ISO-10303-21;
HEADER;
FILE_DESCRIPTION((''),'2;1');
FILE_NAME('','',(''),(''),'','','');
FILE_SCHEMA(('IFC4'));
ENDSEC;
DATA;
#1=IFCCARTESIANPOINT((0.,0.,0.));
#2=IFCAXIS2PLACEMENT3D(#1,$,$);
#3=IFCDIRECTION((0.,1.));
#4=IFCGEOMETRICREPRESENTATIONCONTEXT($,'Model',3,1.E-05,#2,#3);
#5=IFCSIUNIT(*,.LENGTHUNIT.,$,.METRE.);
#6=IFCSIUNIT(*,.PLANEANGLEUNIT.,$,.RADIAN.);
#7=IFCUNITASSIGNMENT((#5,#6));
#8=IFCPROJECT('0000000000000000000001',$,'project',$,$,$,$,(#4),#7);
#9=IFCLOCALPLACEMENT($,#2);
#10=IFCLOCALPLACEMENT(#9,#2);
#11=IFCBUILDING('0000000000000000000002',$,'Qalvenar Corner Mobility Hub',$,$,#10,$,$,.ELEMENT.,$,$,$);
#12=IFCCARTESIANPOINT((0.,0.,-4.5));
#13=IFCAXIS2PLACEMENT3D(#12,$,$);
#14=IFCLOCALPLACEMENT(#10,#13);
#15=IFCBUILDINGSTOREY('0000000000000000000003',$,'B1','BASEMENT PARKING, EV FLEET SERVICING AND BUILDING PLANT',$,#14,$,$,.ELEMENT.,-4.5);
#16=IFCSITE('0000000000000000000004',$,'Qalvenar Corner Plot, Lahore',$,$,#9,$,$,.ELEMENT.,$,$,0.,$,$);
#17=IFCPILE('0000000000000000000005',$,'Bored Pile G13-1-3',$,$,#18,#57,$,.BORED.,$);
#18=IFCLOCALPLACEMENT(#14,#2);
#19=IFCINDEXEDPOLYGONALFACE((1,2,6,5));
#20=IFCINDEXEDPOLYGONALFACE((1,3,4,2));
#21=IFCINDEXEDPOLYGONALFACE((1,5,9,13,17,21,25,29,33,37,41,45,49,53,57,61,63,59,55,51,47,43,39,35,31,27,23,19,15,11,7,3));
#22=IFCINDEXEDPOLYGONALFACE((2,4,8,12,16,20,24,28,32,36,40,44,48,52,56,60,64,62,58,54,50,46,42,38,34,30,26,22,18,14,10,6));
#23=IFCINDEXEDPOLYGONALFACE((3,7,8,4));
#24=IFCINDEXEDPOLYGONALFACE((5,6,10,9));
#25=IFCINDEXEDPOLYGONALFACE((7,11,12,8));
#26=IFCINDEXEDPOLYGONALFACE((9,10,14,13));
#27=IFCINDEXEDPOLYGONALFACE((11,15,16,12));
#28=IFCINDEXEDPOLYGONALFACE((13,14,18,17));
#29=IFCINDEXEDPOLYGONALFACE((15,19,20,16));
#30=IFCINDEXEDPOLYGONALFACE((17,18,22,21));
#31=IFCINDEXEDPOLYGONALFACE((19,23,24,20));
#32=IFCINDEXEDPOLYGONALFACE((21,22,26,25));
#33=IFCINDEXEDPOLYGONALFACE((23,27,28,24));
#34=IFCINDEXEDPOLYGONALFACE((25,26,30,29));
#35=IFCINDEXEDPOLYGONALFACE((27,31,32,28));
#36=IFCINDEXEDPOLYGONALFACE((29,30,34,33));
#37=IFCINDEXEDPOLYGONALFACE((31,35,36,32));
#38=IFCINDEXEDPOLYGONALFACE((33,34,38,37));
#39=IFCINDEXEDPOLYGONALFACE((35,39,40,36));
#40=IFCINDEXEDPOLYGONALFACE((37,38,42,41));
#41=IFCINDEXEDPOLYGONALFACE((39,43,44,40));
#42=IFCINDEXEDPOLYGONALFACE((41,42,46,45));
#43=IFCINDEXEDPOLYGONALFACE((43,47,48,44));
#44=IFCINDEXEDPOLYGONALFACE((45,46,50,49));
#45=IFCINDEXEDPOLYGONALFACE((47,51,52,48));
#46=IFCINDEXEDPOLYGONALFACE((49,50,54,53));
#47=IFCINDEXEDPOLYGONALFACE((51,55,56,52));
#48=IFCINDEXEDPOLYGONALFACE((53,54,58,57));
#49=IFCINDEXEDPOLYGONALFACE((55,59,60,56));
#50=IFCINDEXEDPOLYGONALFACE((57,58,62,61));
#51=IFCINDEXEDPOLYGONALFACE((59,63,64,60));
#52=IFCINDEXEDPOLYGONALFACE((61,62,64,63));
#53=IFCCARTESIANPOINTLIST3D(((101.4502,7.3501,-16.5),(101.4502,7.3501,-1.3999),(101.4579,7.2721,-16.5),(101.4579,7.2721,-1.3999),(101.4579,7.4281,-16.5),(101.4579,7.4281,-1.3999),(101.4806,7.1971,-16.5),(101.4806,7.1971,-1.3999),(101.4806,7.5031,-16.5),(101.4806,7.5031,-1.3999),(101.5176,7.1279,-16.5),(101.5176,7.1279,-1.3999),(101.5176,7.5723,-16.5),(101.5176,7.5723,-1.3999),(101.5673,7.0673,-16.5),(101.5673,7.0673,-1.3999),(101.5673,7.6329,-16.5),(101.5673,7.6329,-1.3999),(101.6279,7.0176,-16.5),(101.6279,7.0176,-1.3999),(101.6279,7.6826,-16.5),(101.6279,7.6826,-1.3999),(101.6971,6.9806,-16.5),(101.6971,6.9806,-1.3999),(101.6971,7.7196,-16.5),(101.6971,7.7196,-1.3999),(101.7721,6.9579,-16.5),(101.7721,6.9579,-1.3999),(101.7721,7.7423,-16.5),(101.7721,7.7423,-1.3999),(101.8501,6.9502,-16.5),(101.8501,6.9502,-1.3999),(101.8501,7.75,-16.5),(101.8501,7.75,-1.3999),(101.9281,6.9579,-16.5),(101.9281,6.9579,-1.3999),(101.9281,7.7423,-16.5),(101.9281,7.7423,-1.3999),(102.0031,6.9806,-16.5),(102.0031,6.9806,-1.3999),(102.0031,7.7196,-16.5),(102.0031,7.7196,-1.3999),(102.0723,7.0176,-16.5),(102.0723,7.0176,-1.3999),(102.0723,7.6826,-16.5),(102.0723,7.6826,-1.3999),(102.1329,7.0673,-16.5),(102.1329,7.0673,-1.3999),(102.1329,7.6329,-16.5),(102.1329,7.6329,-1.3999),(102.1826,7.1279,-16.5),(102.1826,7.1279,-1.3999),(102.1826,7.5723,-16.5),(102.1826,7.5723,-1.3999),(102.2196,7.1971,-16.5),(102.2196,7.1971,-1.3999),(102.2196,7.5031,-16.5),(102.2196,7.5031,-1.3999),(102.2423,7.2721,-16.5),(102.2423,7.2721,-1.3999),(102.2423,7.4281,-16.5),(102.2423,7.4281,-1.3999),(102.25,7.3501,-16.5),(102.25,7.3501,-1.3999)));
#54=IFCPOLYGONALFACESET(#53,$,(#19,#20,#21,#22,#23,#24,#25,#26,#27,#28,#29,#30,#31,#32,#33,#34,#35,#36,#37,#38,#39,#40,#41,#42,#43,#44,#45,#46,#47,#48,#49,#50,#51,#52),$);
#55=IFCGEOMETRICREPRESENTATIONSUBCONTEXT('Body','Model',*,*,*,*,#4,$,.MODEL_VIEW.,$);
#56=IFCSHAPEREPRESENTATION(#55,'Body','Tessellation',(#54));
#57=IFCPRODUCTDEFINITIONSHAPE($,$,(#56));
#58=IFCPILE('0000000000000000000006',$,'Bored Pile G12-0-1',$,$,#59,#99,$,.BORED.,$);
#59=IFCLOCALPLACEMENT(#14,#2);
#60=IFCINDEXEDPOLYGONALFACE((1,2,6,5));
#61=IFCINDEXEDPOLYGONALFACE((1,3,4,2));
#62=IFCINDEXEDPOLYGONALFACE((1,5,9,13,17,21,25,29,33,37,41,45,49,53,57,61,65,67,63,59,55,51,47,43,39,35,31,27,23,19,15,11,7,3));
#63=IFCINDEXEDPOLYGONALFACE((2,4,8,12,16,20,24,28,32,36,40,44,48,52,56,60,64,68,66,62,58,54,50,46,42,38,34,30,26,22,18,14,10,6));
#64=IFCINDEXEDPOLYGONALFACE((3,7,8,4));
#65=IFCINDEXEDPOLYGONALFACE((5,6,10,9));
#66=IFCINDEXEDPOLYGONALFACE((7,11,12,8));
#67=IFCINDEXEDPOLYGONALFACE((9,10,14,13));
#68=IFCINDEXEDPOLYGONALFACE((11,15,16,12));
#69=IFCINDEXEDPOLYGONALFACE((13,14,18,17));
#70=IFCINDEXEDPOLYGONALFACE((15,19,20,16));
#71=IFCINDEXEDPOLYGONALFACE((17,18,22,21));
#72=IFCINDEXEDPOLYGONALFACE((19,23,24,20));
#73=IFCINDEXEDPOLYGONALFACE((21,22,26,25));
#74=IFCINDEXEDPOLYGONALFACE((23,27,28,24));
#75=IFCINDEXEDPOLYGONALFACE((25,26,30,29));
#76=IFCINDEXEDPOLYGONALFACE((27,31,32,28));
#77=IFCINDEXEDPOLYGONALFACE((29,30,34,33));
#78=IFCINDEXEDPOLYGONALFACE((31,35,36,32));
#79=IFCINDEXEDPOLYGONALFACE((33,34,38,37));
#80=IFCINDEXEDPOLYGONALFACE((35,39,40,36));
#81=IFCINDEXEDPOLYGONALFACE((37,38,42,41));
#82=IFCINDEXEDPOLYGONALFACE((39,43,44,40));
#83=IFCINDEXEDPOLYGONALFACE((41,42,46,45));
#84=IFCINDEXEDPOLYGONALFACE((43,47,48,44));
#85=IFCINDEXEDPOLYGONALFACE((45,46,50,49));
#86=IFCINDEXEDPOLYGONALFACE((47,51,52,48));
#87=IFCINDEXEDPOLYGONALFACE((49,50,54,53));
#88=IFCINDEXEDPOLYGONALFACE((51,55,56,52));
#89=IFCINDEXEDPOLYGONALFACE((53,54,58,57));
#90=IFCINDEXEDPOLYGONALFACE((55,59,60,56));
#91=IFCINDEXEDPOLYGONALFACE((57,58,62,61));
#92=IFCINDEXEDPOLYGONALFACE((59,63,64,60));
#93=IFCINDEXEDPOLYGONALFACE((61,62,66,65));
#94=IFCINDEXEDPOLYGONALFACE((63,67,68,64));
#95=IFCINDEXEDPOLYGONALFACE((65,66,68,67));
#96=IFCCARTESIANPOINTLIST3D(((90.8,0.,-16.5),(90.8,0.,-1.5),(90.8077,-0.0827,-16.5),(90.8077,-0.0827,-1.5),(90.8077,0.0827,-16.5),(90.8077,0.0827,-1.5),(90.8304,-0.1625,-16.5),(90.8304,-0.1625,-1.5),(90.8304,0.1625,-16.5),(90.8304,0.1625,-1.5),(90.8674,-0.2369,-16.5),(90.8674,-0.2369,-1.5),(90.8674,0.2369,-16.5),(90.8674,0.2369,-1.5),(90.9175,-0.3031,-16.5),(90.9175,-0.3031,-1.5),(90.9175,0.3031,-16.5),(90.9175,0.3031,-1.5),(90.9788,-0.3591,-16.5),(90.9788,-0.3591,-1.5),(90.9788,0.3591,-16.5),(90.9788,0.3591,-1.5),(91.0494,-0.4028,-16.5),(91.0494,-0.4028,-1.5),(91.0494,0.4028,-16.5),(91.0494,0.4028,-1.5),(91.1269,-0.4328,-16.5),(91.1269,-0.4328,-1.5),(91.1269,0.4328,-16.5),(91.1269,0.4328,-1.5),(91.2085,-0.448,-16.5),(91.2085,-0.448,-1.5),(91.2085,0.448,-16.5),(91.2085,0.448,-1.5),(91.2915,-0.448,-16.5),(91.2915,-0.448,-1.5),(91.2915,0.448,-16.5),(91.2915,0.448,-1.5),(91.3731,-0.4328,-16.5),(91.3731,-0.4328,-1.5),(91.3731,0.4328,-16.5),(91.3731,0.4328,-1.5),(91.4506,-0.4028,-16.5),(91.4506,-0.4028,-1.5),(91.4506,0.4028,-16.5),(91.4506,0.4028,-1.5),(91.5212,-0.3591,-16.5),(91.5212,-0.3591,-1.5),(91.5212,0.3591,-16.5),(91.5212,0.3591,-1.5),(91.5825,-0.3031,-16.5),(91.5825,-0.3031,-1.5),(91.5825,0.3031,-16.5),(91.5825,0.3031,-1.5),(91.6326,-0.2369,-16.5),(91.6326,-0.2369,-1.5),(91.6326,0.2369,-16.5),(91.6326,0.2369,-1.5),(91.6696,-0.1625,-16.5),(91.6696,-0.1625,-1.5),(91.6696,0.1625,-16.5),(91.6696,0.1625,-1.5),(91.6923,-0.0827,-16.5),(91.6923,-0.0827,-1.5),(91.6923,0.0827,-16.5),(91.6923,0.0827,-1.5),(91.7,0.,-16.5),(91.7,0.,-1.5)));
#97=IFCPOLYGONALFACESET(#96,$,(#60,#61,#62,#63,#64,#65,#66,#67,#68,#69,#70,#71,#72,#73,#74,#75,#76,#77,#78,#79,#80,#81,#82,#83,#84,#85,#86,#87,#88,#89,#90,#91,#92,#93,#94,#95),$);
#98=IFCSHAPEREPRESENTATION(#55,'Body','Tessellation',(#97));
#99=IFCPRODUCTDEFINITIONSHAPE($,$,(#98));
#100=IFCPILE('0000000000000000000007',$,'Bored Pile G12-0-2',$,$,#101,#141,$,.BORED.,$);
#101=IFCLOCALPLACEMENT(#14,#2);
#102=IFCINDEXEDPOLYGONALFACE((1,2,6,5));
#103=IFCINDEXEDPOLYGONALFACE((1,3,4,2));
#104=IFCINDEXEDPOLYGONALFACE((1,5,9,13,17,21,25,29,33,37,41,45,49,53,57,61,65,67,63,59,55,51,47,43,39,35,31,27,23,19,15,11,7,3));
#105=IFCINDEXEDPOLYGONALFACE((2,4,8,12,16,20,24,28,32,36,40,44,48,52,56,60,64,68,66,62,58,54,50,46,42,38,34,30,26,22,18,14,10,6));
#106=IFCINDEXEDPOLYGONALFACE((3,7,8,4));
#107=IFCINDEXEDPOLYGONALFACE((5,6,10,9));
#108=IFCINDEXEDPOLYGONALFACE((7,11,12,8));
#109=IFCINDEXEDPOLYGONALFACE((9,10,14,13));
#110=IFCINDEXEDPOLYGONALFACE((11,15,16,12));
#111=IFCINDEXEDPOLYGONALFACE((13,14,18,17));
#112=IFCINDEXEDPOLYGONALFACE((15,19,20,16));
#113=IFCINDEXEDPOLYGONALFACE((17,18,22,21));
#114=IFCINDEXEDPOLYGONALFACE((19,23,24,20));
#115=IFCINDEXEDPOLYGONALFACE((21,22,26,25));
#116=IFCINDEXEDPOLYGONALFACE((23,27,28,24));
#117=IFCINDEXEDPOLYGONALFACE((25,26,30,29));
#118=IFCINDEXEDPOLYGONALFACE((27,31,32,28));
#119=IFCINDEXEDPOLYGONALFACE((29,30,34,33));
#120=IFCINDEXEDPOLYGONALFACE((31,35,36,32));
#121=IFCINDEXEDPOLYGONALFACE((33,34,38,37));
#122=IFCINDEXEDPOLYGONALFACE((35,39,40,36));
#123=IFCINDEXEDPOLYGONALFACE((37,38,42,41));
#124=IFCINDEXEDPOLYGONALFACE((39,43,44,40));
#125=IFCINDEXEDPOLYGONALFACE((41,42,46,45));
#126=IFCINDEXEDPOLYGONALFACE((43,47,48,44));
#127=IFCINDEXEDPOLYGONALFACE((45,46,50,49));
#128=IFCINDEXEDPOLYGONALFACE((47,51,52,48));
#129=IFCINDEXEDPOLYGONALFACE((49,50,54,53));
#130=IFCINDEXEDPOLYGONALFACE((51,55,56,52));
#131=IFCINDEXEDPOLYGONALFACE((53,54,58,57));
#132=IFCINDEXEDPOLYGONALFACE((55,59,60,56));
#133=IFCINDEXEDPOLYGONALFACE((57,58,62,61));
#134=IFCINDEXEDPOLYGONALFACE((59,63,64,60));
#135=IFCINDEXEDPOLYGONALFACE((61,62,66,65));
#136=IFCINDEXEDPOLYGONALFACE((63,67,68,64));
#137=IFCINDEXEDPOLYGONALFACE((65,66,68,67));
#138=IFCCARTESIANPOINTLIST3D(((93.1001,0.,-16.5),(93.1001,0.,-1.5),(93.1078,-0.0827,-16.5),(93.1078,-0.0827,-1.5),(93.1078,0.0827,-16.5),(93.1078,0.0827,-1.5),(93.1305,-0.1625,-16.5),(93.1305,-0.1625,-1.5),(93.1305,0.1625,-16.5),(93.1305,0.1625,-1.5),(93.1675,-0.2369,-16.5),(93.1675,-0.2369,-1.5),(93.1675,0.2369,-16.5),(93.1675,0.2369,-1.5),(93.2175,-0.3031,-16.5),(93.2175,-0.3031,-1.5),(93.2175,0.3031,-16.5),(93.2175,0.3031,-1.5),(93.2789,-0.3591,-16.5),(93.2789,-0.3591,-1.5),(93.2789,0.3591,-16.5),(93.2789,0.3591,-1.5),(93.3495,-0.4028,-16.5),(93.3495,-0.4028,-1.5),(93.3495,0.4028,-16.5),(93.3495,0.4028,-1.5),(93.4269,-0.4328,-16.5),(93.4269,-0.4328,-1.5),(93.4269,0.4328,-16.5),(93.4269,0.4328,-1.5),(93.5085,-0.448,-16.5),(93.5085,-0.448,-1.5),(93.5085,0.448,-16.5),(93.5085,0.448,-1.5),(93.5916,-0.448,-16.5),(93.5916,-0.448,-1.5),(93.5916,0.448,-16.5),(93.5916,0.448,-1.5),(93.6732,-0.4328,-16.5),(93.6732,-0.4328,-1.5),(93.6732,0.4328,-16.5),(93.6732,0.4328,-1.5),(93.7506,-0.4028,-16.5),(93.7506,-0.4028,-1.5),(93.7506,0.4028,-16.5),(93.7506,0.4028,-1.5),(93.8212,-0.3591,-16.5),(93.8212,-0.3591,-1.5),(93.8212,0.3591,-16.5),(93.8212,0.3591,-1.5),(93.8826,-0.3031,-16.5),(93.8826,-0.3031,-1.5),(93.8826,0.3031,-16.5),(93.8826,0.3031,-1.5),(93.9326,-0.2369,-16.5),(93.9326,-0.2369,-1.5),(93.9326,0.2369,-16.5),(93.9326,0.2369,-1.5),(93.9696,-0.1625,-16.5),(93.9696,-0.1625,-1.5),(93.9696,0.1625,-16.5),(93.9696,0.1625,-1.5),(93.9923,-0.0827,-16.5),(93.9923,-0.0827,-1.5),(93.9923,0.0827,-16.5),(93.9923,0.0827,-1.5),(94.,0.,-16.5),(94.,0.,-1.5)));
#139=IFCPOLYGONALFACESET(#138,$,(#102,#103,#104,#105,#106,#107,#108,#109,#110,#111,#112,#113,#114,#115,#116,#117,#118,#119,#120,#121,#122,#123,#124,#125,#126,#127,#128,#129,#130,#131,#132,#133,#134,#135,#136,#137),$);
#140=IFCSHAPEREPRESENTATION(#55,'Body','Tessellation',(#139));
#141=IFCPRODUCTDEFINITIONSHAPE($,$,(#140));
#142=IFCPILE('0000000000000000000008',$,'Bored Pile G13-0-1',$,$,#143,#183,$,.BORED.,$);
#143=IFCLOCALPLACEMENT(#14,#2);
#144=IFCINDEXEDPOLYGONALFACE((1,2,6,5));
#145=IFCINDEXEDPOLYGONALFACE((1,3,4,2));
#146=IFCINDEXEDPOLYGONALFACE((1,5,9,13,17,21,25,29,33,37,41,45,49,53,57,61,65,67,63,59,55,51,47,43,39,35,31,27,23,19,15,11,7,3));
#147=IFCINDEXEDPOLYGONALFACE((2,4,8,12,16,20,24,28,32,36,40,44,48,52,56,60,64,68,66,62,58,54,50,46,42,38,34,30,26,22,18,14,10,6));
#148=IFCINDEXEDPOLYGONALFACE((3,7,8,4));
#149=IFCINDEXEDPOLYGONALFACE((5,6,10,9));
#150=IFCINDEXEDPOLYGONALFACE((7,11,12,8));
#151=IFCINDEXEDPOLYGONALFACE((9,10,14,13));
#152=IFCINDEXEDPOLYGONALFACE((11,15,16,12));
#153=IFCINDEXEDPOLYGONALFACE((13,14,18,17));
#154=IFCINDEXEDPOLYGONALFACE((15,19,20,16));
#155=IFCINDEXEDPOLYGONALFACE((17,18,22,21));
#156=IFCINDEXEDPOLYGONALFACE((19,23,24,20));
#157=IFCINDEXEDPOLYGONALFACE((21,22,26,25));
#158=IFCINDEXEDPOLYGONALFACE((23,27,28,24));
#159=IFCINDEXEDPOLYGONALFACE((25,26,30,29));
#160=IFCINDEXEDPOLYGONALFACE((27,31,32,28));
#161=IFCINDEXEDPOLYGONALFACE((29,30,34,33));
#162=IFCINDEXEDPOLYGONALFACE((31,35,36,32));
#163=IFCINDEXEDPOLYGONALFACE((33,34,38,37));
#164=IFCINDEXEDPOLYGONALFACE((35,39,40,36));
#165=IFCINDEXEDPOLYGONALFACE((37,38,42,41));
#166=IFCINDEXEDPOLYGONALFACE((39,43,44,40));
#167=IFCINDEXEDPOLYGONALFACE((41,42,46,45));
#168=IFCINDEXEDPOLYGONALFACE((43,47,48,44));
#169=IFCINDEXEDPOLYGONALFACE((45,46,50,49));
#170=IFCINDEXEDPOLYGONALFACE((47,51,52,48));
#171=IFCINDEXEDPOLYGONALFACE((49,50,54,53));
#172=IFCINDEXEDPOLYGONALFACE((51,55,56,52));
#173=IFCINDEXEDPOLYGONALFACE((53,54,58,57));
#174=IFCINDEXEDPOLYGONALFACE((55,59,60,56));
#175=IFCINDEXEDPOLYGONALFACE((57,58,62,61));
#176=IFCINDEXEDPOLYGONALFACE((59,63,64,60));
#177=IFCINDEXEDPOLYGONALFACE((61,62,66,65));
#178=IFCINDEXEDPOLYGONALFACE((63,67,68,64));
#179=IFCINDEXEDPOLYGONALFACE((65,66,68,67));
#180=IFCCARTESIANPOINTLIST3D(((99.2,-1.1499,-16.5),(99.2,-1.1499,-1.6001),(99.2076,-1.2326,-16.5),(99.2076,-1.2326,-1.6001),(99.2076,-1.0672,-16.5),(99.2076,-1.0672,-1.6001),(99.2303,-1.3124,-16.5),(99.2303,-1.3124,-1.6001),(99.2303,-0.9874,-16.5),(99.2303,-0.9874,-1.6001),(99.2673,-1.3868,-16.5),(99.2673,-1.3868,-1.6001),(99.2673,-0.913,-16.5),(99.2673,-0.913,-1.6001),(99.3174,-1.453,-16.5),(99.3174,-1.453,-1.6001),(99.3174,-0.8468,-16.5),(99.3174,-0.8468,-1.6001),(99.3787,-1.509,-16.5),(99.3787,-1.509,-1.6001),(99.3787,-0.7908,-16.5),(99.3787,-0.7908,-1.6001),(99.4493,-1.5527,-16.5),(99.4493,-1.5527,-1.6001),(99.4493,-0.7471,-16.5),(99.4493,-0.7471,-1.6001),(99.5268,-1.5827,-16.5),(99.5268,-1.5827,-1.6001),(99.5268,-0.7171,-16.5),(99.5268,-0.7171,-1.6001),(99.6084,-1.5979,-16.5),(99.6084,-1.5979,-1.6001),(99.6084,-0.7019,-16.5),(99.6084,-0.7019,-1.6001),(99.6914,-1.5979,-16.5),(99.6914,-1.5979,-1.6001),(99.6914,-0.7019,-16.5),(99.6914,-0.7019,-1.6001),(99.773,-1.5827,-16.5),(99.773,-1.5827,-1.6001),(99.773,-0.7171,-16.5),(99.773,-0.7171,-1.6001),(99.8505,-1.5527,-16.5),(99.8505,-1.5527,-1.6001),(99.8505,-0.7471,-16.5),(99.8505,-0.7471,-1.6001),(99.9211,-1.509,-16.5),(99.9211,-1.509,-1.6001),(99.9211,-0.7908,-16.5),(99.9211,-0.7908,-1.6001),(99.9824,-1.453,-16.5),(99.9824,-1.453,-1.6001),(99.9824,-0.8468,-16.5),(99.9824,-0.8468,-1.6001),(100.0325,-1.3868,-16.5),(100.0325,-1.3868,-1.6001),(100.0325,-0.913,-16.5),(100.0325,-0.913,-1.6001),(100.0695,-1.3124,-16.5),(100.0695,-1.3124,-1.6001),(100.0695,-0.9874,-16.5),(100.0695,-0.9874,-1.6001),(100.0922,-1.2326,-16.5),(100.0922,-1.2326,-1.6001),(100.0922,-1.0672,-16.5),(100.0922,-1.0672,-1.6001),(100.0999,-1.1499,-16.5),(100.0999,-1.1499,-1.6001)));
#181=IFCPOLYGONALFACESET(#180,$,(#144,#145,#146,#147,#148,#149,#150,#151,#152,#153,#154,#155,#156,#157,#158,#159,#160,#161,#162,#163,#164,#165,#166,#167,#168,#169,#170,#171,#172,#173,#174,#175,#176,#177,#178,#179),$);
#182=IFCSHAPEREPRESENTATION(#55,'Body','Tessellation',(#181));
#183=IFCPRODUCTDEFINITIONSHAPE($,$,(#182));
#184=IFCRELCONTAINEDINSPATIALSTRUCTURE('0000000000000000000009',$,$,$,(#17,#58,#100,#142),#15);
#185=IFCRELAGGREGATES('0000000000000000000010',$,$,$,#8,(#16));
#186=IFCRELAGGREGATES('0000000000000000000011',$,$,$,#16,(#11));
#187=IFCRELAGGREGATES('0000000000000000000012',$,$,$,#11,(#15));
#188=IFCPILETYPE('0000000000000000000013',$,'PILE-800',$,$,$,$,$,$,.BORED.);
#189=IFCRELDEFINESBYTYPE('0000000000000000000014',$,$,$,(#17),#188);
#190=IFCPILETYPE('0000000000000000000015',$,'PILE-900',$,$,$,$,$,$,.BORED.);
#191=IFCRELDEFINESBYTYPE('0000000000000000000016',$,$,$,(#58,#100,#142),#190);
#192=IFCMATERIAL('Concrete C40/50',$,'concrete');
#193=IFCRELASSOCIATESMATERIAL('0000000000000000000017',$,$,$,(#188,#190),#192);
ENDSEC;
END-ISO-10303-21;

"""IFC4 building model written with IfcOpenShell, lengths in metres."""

from ifc_helpers import new_model, si_unit, direction, frame, origin, origin_2d, place, context, subcontext, project, spatial, circle, extrude, material, material_profile, profile_set, type_object, element, save


model = new_model("IFC4")

# Units and contexts
model_context = context("Model", 3, precision=1e-05, world=origin(), true_north=direction((0.0, 1.0)))
body_context = subcontext(model_context, "Body", "Model", "MODEL_VIEW")
ifc_project = project(units=[si_unit("LENGTHUNIT", "METRE"), si_unit("PLANEANGLEUNIT", "RADIAN")], contexts=[model_context])

# Site, building, storey
site_placement = place(None, origin())
site = spatial("IfcSite", under=ifc_project, at=site_placement, Name="Qalvenar Corner Plot, Lahore", CompositionType="ELEMENT", RefElevation=0.0)
building_placement = place(site_placement, origin())
building = spatial("IfcBuilding", under=site, at=building_placement, Name="Qalvenar Corner Mobility Hub", CompositionType="ELEMENT")
storey_placement = place(building_placement, frame((0.0, 0.0, -4.5)))
storey = spatial("IfcBuildingStorey", under=building, at=storey_placement, Name="B1", Description="BASEMENT PARKING, EV FLEET SERVICING AND BUILDING PLANT", CompositionType="ELEMENT", Elevation=-4.5)

# Shared definitions
ifc_material_1 = material(Name="Concrete C40/50", Category="concrete")

# Piles
ifc_material_profile_1 = material_profile(ifc_material_1, circle(Radius=0.3999, at=origin_2d()), Name="DIA800")
ifc_profile_set_1 = profile_set([ifc_material_profile_1], Name="Concrete C40/50")
pile_type_1 = type_object("IfcPileType", Name="PILE-800", PredefinedType="BORED", material=ifc_profile_set_1)
for number, where, z_axis, x_axis, name in (
    (1, (101.8501, 7.3501, -1.3999), (0.0, 0.0, -1.0), (1.0, 0.0, 0.0), "Bored Pile G13-1-3"),
):
    element("IfcPile", number, at=place(storey_placement, frame(where, z_axis=z_axis, x_axis=x_axis)), inside=storey, type_object=pile_type_1, Name=name, PredefinedType="BORED", context=body_context, shape_type="SweptSolid", body=[
        extrude(circle(Radius=0.3999, at=origin_2d()), origin(), (0.0, 0.0, 1.0), 15.1001),
    ])
ifc_material_profile_2 = material_profile(ifc_material_1, circle(Radius=0.45, at=origin_2d()), Name="DIA900")
ifc_profile_set_2 = profile_set([ifc_material_profile_2], Name="Concrete C40/50")
pile_type_2 = type_object("IfcPileType", Name="PILE-900", PredefinedType="BORED", material=ifc_profile_set_2)
for number, where, z_axis, x_axis, name in (
    (2, (91.25, 0.0, -1.5), (0.0, 0.0, -1.0), (1.0, 0.0, 0.0), "Bored Pile G12-0-1"),
    (3, (93.55, 0.0, -1.5), (0.0, 0.0, -1.0), (1.0, 0.0, 0.0), "Bored Pile G12-0-2"),
):
    element("IfcPile", number, at=place(storey_placement, frame(where, z_axis=z_axis, x_axis=x_axis)), inside=storey, type_object=pile_type_2, Name=name, PredefinedType="BORED", context=body_context, shape_type="SweptSolid", body=[
        extrude(circle(Radius=0.45, at=origin_2d()), origin(), (0.0, 0.0, 1.0), 15.0),
    ])
for number, where, z_axis, x_axis, name in (
    (4, (99.6499, -1.1499, -1.6001), (0.0, 0.0, -1.0), (1.0, 0.0, 0.0), "Bored Pile G13-0-1"),
):
    element("IfcPile", number, at=place(storey_placement, frame(where, z_axis=z_axis, x_axis=x_axis)), inside=storey, type_object=pile_type_2, Name=name, PredefinedType="BORED", context=body_context, shape_type="SweptSolid", body=[
        extrude(circle(Radius=0.45, at=origin_2d()), origin(), (0.0, 0.0, 1.0), 14.8999),
    ])

save(model, "model.ifc")
